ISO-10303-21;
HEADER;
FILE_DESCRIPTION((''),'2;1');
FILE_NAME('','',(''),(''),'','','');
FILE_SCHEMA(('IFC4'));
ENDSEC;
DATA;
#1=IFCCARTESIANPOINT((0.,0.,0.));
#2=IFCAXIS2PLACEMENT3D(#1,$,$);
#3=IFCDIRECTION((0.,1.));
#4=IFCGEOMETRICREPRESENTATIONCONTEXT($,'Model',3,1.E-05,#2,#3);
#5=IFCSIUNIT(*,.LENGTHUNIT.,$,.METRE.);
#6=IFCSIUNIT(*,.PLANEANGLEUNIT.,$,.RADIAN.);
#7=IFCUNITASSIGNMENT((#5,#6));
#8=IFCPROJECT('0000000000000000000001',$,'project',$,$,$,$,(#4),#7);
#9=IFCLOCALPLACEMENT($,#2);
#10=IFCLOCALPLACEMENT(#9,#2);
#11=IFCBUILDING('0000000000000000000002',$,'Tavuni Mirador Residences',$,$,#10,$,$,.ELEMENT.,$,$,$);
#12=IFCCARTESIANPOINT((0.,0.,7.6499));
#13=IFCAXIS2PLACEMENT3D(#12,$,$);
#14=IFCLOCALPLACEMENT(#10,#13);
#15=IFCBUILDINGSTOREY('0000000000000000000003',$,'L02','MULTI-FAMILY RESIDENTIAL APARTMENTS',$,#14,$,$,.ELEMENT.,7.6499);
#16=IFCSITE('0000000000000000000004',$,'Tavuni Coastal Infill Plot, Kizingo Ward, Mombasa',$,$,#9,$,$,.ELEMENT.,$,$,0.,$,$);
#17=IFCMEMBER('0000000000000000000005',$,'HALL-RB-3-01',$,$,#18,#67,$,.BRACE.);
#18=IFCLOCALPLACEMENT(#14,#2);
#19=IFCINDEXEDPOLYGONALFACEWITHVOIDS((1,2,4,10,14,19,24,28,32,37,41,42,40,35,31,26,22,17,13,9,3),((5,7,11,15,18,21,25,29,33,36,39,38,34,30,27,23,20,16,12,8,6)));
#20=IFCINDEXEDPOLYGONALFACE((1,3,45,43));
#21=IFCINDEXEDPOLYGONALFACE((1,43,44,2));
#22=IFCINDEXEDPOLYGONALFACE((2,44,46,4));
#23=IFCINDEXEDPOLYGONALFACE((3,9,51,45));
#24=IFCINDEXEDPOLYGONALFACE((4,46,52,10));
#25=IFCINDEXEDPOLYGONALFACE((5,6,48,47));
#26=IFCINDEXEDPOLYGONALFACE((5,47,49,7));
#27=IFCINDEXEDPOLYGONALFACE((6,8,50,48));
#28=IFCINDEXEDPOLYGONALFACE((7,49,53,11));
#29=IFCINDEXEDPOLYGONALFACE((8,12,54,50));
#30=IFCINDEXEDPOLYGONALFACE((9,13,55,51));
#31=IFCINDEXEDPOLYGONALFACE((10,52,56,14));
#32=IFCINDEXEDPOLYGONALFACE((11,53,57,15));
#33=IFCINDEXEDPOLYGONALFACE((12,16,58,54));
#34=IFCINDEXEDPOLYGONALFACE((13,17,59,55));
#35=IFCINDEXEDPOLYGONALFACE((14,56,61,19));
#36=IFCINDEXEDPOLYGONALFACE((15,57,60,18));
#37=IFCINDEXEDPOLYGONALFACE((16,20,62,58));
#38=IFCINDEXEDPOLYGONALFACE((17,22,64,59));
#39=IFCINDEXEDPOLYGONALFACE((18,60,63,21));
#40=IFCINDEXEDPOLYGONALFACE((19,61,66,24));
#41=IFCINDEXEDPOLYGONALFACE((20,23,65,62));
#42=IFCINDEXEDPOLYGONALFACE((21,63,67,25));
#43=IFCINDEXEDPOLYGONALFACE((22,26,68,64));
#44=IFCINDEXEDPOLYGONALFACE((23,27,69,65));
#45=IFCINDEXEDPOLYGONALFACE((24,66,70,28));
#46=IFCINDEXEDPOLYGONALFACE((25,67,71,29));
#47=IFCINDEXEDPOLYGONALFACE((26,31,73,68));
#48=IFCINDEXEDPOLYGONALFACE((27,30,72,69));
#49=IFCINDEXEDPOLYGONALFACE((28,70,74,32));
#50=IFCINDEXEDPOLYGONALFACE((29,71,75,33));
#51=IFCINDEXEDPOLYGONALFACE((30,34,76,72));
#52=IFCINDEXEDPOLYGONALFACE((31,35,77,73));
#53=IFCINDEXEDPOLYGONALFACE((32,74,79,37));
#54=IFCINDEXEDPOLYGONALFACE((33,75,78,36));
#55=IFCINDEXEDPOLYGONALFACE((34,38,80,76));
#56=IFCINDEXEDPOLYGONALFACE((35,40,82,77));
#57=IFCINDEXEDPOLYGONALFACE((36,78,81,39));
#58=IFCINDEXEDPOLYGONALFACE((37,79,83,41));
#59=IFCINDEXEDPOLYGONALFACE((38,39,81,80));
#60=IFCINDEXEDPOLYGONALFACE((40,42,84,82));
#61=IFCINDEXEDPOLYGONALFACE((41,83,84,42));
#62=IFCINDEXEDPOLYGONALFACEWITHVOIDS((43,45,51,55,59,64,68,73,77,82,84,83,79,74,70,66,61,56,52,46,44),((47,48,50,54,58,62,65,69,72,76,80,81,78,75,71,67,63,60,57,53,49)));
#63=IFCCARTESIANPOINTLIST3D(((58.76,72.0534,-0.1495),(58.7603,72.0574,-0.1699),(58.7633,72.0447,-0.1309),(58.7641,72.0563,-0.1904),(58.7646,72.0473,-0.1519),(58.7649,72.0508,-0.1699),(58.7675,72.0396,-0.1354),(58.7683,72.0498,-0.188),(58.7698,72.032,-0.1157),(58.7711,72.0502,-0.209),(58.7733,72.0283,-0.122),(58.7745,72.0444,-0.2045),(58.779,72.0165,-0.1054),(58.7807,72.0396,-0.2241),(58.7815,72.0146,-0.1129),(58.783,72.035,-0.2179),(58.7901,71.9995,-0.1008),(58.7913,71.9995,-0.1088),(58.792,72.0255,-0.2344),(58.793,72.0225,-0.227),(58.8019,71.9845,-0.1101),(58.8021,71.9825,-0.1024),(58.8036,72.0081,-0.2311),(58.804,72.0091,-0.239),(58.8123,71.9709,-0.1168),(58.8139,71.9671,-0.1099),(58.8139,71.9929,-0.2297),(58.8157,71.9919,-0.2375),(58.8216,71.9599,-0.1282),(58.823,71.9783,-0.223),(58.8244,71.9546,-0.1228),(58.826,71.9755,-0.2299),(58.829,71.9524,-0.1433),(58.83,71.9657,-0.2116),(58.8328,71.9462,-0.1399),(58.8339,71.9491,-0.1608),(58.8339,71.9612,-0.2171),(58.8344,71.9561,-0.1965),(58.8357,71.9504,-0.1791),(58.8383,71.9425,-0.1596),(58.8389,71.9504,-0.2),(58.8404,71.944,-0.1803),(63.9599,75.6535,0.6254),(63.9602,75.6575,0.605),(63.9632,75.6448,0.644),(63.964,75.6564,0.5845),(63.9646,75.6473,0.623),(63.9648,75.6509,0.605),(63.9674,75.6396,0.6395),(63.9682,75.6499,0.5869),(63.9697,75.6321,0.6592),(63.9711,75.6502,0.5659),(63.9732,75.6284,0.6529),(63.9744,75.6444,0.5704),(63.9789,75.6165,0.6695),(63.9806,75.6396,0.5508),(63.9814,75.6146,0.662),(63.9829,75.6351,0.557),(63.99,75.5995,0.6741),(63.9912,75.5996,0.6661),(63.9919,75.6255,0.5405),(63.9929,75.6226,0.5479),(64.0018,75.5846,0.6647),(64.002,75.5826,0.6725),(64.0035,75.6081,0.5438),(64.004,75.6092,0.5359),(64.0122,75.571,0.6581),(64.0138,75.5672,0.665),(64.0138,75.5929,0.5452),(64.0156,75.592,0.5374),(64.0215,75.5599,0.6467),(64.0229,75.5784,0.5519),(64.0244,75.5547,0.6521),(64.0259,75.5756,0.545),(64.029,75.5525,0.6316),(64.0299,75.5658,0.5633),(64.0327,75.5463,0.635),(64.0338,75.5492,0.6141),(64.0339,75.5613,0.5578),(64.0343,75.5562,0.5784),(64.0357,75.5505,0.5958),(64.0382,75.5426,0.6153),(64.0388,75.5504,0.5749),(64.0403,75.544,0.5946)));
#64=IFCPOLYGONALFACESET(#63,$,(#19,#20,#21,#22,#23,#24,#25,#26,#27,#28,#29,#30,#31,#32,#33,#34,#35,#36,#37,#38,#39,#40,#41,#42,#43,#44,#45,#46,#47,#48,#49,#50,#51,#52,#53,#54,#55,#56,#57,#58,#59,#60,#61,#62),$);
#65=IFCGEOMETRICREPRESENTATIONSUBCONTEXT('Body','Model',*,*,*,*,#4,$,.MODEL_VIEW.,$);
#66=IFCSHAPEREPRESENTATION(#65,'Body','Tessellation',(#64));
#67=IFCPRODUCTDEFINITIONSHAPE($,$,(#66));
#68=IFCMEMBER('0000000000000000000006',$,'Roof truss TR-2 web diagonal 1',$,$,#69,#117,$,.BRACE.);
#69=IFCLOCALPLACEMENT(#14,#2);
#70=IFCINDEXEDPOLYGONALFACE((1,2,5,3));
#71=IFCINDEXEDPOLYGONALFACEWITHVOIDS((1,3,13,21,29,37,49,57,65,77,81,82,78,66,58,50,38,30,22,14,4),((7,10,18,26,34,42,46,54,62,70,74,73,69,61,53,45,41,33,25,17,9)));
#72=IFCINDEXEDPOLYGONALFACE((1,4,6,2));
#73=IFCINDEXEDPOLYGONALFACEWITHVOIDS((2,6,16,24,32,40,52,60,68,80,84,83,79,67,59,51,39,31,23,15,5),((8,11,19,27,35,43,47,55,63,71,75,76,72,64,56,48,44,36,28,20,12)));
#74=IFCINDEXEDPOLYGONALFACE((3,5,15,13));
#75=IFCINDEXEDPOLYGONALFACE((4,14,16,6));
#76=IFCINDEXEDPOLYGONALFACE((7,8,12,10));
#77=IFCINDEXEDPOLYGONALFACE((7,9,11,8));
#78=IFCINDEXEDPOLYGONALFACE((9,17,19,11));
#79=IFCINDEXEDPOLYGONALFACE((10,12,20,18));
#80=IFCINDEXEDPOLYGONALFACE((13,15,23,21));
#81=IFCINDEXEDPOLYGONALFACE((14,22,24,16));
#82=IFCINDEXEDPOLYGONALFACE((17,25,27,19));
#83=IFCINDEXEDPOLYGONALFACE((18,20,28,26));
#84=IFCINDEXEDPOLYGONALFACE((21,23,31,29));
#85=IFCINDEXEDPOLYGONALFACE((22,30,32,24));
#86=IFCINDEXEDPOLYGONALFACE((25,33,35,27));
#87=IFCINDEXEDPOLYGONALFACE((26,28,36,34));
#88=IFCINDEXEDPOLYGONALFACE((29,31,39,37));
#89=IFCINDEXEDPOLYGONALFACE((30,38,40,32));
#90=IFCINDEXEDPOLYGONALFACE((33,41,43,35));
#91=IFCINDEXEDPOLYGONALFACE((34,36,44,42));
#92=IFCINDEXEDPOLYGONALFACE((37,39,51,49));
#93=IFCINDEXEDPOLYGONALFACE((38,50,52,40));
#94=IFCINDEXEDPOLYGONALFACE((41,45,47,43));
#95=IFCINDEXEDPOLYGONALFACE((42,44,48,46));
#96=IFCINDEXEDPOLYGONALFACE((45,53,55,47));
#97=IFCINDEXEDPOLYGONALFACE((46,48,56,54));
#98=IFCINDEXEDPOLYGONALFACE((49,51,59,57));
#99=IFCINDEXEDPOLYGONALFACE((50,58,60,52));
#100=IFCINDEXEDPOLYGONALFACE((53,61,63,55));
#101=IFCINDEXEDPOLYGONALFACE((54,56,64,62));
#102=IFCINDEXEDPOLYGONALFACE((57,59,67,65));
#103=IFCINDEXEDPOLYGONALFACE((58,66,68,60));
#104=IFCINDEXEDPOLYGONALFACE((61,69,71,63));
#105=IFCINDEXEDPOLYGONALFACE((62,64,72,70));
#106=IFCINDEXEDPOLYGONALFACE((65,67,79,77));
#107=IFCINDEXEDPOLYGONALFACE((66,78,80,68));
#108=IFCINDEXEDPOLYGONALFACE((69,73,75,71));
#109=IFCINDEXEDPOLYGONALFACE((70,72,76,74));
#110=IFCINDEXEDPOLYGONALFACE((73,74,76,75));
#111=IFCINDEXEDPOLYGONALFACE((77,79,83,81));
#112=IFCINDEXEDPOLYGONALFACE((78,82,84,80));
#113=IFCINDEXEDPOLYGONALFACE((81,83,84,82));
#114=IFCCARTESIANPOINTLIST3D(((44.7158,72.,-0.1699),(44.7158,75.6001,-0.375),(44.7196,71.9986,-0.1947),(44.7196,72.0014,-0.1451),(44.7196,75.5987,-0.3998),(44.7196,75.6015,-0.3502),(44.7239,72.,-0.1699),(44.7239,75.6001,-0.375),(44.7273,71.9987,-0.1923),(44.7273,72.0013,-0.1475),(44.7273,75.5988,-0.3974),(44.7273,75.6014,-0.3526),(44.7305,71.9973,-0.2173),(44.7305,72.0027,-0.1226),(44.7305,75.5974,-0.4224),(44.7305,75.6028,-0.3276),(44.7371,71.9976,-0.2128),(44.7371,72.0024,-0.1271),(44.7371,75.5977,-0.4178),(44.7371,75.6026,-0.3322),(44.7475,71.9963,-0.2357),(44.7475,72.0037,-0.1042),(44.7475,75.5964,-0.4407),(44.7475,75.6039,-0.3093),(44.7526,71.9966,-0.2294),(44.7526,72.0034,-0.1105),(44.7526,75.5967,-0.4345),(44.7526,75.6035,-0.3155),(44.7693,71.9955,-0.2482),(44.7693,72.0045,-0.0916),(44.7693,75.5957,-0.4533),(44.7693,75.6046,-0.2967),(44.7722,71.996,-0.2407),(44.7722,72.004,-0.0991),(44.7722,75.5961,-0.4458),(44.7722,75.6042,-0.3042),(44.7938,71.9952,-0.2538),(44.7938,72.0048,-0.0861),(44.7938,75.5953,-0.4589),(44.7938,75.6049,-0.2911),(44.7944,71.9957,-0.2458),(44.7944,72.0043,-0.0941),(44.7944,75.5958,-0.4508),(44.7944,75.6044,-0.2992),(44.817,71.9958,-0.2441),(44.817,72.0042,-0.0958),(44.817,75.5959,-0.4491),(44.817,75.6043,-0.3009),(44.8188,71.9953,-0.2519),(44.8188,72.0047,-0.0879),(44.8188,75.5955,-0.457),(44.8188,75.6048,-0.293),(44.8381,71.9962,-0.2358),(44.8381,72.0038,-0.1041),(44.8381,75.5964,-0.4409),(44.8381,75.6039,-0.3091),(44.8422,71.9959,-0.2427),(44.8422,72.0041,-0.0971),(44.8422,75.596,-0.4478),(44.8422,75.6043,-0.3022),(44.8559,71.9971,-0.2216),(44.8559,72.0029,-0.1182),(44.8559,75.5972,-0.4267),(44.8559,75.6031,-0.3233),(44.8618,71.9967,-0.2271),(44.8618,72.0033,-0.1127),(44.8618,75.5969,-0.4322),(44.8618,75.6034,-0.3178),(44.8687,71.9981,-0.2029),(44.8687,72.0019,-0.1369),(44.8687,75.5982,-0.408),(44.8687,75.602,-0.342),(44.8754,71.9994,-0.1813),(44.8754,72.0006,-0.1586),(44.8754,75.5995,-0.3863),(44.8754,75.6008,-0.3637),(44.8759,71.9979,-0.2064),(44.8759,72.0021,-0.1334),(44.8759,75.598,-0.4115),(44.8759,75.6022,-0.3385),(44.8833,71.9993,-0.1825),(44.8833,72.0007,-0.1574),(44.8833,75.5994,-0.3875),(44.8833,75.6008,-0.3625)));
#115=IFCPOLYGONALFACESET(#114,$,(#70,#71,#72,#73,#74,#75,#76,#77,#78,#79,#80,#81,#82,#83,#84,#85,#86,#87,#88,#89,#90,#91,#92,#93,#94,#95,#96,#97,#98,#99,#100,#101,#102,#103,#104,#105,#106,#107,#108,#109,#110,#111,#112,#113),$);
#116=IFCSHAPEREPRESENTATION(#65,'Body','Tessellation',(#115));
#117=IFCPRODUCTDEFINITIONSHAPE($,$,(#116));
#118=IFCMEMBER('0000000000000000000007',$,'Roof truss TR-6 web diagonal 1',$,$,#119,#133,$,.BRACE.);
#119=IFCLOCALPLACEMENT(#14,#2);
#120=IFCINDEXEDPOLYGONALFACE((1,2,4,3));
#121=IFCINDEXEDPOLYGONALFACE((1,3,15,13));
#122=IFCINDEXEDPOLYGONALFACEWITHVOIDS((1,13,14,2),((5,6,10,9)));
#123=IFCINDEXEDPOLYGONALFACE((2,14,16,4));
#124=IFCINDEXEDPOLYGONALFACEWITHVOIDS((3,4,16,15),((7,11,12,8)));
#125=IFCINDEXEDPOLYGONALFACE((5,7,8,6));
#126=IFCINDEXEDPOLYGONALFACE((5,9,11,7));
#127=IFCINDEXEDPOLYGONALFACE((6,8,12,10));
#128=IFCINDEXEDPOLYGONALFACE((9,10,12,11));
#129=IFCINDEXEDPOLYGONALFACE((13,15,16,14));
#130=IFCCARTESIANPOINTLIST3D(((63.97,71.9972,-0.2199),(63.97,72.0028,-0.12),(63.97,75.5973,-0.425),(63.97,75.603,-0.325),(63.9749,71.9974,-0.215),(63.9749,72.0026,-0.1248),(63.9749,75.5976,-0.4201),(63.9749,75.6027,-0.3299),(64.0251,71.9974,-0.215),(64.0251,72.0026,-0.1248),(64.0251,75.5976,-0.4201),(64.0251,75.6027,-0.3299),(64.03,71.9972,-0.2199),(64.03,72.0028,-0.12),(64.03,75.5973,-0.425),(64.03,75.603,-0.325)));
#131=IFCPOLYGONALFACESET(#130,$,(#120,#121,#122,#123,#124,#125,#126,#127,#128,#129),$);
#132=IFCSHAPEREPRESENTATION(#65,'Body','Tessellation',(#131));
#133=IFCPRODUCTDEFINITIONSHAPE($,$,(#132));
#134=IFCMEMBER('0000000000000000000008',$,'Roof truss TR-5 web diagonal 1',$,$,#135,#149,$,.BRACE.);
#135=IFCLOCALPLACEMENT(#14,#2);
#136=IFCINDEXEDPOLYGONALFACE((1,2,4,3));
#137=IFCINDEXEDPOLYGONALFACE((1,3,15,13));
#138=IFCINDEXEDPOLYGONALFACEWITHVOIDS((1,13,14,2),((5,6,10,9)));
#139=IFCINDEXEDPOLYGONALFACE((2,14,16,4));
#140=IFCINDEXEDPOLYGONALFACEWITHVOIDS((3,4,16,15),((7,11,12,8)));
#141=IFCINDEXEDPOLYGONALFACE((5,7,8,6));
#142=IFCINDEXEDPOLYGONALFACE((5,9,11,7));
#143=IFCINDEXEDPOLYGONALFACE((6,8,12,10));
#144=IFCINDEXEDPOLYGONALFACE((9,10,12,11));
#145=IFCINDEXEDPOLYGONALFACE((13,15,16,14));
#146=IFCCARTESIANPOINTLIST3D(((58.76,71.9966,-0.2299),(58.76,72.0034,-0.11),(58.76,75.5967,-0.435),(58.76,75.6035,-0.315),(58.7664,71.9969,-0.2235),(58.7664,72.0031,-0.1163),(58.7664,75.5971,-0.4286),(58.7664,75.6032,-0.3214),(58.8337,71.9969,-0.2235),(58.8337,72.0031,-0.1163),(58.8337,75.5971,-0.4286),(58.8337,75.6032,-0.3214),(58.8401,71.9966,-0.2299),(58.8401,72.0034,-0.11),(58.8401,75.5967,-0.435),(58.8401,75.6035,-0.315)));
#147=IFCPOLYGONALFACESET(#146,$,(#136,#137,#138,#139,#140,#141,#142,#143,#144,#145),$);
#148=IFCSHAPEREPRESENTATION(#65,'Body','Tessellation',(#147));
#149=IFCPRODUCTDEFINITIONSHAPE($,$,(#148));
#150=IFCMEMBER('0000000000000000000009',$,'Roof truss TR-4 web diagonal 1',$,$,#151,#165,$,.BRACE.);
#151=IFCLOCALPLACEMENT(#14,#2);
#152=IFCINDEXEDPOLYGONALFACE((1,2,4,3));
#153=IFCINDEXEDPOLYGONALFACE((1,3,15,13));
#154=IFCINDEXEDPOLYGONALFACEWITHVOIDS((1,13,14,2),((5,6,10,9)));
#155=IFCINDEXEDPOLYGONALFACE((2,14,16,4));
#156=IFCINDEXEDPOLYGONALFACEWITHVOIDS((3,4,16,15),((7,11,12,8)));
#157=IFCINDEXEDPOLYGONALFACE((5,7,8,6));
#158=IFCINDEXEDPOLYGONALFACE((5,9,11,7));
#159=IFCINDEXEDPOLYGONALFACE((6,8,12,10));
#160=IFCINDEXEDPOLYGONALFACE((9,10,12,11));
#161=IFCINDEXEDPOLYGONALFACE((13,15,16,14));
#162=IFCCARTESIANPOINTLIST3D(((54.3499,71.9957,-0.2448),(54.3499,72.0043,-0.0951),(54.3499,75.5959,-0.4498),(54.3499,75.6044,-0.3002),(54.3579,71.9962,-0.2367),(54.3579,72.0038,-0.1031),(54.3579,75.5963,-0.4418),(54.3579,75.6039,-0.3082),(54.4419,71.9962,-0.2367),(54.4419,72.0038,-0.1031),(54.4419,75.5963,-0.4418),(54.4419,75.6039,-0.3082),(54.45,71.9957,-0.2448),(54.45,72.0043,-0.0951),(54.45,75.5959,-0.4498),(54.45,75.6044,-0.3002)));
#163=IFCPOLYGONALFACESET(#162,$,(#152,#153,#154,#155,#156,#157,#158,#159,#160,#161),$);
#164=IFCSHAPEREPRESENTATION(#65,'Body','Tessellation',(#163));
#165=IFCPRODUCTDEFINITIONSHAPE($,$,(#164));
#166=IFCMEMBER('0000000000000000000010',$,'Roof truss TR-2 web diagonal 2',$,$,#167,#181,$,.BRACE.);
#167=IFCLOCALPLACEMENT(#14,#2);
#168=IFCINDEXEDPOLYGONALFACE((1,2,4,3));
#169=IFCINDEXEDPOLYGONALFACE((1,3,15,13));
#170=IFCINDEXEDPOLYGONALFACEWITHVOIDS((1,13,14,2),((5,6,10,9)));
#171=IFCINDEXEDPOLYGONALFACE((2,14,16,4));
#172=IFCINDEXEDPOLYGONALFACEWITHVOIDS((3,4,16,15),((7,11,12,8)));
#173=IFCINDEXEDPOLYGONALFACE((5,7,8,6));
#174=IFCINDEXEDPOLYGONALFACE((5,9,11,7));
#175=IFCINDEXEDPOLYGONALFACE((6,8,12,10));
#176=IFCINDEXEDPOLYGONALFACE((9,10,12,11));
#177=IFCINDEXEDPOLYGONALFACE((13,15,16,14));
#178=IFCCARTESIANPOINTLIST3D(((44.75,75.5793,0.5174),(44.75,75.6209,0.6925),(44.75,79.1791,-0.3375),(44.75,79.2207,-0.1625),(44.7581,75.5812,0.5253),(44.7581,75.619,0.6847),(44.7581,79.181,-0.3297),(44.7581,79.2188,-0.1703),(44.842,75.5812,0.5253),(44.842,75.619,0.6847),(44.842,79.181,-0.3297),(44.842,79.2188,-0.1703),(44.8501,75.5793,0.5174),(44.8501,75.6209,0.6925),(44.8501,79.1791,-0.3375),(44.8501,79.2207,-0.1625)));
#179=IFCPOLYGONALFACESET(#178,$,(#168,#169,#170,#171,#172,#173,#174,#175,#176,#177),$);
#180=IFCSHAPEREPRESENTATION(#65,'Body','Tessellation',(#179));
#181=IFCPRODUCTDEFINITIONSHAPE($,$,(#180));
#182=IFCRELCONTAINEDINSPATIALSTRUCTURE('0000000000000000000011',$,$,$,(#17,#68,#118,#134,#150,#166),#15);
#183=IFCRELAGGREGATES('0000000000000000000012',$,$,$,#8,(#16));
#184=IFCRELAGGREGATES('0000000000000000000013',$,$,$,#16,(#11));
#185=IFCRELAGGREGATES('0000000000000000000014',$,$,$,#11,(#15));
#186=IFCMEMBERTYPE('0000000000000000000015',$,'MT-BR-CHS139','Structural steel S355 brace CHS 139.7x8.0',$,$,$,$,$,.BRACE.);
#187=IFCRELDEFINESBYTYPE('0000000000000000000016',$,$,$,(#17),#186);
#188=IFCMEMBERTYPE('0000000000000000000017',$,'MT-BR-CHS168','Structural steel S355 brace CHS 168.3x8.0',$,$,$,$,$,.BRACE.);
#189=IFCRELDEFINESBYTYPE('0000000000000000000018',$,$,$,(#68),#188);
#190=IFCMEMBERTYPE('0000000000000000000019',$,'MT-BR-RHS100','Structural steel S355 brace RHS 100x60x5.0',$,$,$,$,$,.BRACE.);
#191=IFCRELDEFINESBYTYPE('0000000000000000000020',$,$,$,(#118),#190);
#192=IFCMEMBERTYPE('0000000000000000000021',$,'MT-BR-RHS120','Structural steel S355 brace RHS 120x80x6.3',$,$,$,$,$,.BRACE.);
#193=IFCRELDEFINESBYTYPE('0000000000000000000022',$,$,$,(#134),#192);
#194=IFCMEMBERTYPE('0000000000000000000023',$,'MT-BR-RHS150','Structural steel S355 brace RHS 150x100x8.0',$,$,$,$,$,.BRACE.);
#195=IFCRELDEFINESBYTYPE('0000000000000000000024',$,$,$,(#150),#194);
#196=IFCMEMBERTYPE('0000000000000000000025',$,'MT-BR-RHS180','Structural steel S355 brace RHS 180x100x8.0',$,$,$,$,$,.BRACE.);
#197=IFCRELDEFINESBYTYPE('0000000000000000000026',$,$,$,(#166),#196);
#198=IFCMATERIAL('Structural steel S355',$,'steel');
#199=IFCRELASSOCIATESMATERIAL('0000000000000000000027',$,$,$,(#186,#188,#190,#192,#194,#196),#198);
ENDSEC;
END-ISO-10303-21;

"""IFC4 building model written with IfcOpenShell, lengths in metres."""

from ifc_helpers import new_model, si_unit, direction, frame, origin, origin_2d, place, context, subcontext, project, spatial, hollow_rectangle, hollow_circle, extrude, material, material_profile, profile_set, type_object, element, save


model = new_model("IFC4")

# Units and contexts
model_context = context("Model", 3, precision=1e-05, world=origin(), true_north=direction((0.0, 1.0)))
body_context = subcontext(model_context, "Body", "Model", "MODEL_VIEW")
ifc_project = project(units=[si_unit("LENGTHUNIT", "METRE"), si_unit("PLANEANGLEUNIT", "RADIAN")], contexts=[model_context])

# Site, building, storey
site_placement = place(None, origin())
site = spatial("IfcSite", under=ifc_project, at=site_placement, Name="Tavuni Coastal Infill Plot, Kizingo Ward, Mombasa", CompositionType="ELEMENT", RefElevation=0.0)
building_placement = place(site_placement, origin())
building = spatial("IfcBuilding", under=site, at=building_placement, Name="Tavuni Mirador Residences", CompositionType="ELEMENT")
storey_placement = place(building_placement, frame((0.0, 0.0, 7.6499)))
storey = spatial("IfcBuildingStorey", under=building, at=storey_placement, Name="L02", Description="MULTI-FAMILY RESIDENTIAL APARTMENTS", CompositionType="ELEMENT", Elevation=7.6499)

# Shared definitions
ifc_material_1 = material(Name="Structural steel S355", Category="steel")

# Members
ifc_material_profile_1 = material_profile(ifc_material_1, hollow_circle(Radius=0.0698, WallThickness=0.0081, at=origin_2d()), Name="CHS 139.7x8.0", Category="steel")
ifc_profile_set_1 = profile_set([ifc_material_profile_1], Name="Structural steel S355")
member_type_1 = type_object("IfcMemberType", Name="MT-BR-CHS139", Description="Structural steel S355 brace CHS 139.7x8.0", PredefinedType="BRACE", material=ifc_profile_set_1)
member_1_placement = place(storey_placement, frame((58.8, 72.0, -0.1699), z_axis=(0.81608, 0.564999, 0.121613), x_axis=(-0.569224, 0.822182, 0.0)))
element("IfcMember", 1, at=member_1_placement, inside=storey, type_object=member_type_1, Name="HALL-RB-3-01", PredefinedType="BRACE", context=body_context, shape_type="SweptSolid", body=[
    extrude(hollow_circle(Radius=0.0698, WallThickness=0.0081, at=origin_2d()), origin(), (0.0, 0.0, 1.0), 6.3718),
])
ifc_material_profile_2 = material_profile(ifc_material_1, hollow_circle(Radius=0.0842, WallThickness=0.0081, at=origin_2d()), Name="CHS 168.3x8.0", Category="steel")
ifc_profile_set_2 = profile_set([ifc_material_profile_2], Name="Structural steel S355")
member_type_2 = type_object("IfcMemberType", Name="MT-BR-CHS168", Description="Structural steel S355 brace CHS 168.3x8.0", PredefinedType="BRACE", material=ifc_profile_set_2)
member_2_placement = place(storey_placement, frame((44.8, 72.0, -0.1699), z_axis=(0.0, 0.998381, -0.056872), x_axis=(-1.0, 0.0, 0.0)))
element("IfcMember", 2, at=member_2_placement, inside=storey, type_object=member_type_2, Name="Roof truss TR-2 web diagonal 1", PredefinedType="BRACE", context=body_context, shape_type="SweptSolid", body=[
    extrude(hollow_circle(Radius=0.0842, WallThickness=0.0081, at=origin_2d()), origin(), (0.0, 0.0, 1.0), 3.606),
])
ifc_material_profile_3 = material_profile(ifc_material_1, hollow_rectangle(XDim=0.0601, YDim=0.1001, WallThickness=0.0049, at=origin_2d()), Name="RHS 100x60x5.0", Category="steel")
ifc_profile_set_3 = profile_set([ifc_material_profile_3], Name="Structural steel S355")
member_type_3 = type_object("IfcMemberType", Name="MT-BR-RHS100", Description="Structural steel S355 brace RHS 100x60x5.0", PredefinedType="BRACE", material=ifc_profile_set_3)
member_3_placement = place(storey_placement, frame((64.0, 72.0, -0.1699), z_axis=(0.0, 0.998381, -0.056872), x_axis=(-1.0, 0.0, 0.0)))
element("IfcMember", 3, at=member_3_placement, inside=storey, type_object=member_type_3, Name="Roof truss TR-6 web diagonal 1", PredefinedType="BRACE", context=body_context, shape_type="SweptSolid", body=[
    extrude(hollow_rectangle(XDim=0.0601, YDim=0.1001, WallThickness=0.0049, at=origin_2d()), origin(), (0.0, 0.0, 1.0), 3.606),
])
ifc_material_profile_4 = material_profile(ifc_material_1, hollow_rectangle(XDim=0.0801, YDim=0.1201, WallThickness=0.0063, at=origin_2d()), Name="RHS 120x80x6.3", Category="steel")
ifc_profile_set_4 = profile_set([ifc_material_profile_4], Name="Structural steel S355")
member_type_4 = type_object("IfcMemberType", Name="MT-BR-RHS120", Description="Structural steel S355 brace RHS 120x80x6.3", PredefinedType="BRACE", material=ifc_profile_set_4)
member_4_placement = place(storey_placement, frame((58.8, 72.0, -0.1699), z_axis=(0.0, 0.998381, -0.056872), x_axis=(-1.0, 0.0, 0.0)))
element("IfcMember", 4, at=member_4_placement, inside=storey, type_object=member_type_4, Name="Roof truss TR-5 web diagonal 1", PredefinedType="BRACE", context=body_context, shape_type="SweptSolid", body=[
    extrude(hollow_rectangle(XDim=0.0801, YDim=0.1201, WallThickness=0.0063, at=origin_2d()), origin(), (0.0, 0.0, 1.0), 3.606),
])
ifc_material_profile_5 = material_profile(ifc_material_1, hollow_rectangle(XDim=0.1001, YDim=0.1499, WallThickness=0.0081, at=origin_2d()), Name="RHS 150x100x8.0", Category="steel")
ifc_profile_set_5 = profile_set([ifc_material_profile_5], Name="Structural steel S355")
member_type_5 = type_object("IfcMemberType", Name="MT-BR-RHS150", Description="Structural steel S355 brace RHS 150x100x8.0", PredefinedType="BRACE", material=ifc_profile_set_5)
member_5_placement = place(storey_placement, frame((54.3999, 72.0, -0.1699), z_axis=(0.0, 0.998381, -0.056872), x_axis=(-1.0, 0.0, 0.0)))
element("IfcMember", 5, at=member_5_placement, inside=storey, type_object=member_type_5, Name="Roof truss TR-4 web diagonal 1", PredefinedType="BRACE", context=body_context, shape_type="SweptSolid", body=[
    extrude(hollow_rectangle(XDim=0.1001, YDim=0.1499, WallThickness=0.0081, at=origin_2d()), origin(), (0.0, 0.0, 1.0), 3.606),
])
ifc_material_profile_6 = material_profile(ifc_material_1, hollow_rectangle(XDim=0.1001, YDim=0.1799, WallThickness=0.0081, at=origin_2d()), Name="RHS 180x100x8.0", Category="steel")
ifc_profile_set_6 = profile_set([ifc_material_profile_6], Name="Structural steel S355")
member_type_6 = type_object("IfcMemberType", Name="MT-BR-RHS180", Description="Structural steel S355 brace RHS 180x100x8.0", PredefinedType="BRACE", material=ifc_profile_set_6)
member_6_placement = place(storey_placement, frame((44.8, 75.6001, 0.605), z_axis=(0.0, 0.972936, -0.231076), x_axis=(-1.0, 0.0, 0.0)))
element("IfcMember", 6, at=member_6_placement, inside=storey, type_object=member_type_6, Name="Roof truss TR-2 web diagonal 2", PredefinedType="BRACE", context=body_context, shape_type="SweptSolid", body=[
    extrude(hollow_rectangle(XDim=0.1001, YDim=0.1799, WallThickness=0.0081, at=origin_2d()), origin(), (0.0, 0.0, 1.0), 3.7),
])

save(model, "model.ifc")
